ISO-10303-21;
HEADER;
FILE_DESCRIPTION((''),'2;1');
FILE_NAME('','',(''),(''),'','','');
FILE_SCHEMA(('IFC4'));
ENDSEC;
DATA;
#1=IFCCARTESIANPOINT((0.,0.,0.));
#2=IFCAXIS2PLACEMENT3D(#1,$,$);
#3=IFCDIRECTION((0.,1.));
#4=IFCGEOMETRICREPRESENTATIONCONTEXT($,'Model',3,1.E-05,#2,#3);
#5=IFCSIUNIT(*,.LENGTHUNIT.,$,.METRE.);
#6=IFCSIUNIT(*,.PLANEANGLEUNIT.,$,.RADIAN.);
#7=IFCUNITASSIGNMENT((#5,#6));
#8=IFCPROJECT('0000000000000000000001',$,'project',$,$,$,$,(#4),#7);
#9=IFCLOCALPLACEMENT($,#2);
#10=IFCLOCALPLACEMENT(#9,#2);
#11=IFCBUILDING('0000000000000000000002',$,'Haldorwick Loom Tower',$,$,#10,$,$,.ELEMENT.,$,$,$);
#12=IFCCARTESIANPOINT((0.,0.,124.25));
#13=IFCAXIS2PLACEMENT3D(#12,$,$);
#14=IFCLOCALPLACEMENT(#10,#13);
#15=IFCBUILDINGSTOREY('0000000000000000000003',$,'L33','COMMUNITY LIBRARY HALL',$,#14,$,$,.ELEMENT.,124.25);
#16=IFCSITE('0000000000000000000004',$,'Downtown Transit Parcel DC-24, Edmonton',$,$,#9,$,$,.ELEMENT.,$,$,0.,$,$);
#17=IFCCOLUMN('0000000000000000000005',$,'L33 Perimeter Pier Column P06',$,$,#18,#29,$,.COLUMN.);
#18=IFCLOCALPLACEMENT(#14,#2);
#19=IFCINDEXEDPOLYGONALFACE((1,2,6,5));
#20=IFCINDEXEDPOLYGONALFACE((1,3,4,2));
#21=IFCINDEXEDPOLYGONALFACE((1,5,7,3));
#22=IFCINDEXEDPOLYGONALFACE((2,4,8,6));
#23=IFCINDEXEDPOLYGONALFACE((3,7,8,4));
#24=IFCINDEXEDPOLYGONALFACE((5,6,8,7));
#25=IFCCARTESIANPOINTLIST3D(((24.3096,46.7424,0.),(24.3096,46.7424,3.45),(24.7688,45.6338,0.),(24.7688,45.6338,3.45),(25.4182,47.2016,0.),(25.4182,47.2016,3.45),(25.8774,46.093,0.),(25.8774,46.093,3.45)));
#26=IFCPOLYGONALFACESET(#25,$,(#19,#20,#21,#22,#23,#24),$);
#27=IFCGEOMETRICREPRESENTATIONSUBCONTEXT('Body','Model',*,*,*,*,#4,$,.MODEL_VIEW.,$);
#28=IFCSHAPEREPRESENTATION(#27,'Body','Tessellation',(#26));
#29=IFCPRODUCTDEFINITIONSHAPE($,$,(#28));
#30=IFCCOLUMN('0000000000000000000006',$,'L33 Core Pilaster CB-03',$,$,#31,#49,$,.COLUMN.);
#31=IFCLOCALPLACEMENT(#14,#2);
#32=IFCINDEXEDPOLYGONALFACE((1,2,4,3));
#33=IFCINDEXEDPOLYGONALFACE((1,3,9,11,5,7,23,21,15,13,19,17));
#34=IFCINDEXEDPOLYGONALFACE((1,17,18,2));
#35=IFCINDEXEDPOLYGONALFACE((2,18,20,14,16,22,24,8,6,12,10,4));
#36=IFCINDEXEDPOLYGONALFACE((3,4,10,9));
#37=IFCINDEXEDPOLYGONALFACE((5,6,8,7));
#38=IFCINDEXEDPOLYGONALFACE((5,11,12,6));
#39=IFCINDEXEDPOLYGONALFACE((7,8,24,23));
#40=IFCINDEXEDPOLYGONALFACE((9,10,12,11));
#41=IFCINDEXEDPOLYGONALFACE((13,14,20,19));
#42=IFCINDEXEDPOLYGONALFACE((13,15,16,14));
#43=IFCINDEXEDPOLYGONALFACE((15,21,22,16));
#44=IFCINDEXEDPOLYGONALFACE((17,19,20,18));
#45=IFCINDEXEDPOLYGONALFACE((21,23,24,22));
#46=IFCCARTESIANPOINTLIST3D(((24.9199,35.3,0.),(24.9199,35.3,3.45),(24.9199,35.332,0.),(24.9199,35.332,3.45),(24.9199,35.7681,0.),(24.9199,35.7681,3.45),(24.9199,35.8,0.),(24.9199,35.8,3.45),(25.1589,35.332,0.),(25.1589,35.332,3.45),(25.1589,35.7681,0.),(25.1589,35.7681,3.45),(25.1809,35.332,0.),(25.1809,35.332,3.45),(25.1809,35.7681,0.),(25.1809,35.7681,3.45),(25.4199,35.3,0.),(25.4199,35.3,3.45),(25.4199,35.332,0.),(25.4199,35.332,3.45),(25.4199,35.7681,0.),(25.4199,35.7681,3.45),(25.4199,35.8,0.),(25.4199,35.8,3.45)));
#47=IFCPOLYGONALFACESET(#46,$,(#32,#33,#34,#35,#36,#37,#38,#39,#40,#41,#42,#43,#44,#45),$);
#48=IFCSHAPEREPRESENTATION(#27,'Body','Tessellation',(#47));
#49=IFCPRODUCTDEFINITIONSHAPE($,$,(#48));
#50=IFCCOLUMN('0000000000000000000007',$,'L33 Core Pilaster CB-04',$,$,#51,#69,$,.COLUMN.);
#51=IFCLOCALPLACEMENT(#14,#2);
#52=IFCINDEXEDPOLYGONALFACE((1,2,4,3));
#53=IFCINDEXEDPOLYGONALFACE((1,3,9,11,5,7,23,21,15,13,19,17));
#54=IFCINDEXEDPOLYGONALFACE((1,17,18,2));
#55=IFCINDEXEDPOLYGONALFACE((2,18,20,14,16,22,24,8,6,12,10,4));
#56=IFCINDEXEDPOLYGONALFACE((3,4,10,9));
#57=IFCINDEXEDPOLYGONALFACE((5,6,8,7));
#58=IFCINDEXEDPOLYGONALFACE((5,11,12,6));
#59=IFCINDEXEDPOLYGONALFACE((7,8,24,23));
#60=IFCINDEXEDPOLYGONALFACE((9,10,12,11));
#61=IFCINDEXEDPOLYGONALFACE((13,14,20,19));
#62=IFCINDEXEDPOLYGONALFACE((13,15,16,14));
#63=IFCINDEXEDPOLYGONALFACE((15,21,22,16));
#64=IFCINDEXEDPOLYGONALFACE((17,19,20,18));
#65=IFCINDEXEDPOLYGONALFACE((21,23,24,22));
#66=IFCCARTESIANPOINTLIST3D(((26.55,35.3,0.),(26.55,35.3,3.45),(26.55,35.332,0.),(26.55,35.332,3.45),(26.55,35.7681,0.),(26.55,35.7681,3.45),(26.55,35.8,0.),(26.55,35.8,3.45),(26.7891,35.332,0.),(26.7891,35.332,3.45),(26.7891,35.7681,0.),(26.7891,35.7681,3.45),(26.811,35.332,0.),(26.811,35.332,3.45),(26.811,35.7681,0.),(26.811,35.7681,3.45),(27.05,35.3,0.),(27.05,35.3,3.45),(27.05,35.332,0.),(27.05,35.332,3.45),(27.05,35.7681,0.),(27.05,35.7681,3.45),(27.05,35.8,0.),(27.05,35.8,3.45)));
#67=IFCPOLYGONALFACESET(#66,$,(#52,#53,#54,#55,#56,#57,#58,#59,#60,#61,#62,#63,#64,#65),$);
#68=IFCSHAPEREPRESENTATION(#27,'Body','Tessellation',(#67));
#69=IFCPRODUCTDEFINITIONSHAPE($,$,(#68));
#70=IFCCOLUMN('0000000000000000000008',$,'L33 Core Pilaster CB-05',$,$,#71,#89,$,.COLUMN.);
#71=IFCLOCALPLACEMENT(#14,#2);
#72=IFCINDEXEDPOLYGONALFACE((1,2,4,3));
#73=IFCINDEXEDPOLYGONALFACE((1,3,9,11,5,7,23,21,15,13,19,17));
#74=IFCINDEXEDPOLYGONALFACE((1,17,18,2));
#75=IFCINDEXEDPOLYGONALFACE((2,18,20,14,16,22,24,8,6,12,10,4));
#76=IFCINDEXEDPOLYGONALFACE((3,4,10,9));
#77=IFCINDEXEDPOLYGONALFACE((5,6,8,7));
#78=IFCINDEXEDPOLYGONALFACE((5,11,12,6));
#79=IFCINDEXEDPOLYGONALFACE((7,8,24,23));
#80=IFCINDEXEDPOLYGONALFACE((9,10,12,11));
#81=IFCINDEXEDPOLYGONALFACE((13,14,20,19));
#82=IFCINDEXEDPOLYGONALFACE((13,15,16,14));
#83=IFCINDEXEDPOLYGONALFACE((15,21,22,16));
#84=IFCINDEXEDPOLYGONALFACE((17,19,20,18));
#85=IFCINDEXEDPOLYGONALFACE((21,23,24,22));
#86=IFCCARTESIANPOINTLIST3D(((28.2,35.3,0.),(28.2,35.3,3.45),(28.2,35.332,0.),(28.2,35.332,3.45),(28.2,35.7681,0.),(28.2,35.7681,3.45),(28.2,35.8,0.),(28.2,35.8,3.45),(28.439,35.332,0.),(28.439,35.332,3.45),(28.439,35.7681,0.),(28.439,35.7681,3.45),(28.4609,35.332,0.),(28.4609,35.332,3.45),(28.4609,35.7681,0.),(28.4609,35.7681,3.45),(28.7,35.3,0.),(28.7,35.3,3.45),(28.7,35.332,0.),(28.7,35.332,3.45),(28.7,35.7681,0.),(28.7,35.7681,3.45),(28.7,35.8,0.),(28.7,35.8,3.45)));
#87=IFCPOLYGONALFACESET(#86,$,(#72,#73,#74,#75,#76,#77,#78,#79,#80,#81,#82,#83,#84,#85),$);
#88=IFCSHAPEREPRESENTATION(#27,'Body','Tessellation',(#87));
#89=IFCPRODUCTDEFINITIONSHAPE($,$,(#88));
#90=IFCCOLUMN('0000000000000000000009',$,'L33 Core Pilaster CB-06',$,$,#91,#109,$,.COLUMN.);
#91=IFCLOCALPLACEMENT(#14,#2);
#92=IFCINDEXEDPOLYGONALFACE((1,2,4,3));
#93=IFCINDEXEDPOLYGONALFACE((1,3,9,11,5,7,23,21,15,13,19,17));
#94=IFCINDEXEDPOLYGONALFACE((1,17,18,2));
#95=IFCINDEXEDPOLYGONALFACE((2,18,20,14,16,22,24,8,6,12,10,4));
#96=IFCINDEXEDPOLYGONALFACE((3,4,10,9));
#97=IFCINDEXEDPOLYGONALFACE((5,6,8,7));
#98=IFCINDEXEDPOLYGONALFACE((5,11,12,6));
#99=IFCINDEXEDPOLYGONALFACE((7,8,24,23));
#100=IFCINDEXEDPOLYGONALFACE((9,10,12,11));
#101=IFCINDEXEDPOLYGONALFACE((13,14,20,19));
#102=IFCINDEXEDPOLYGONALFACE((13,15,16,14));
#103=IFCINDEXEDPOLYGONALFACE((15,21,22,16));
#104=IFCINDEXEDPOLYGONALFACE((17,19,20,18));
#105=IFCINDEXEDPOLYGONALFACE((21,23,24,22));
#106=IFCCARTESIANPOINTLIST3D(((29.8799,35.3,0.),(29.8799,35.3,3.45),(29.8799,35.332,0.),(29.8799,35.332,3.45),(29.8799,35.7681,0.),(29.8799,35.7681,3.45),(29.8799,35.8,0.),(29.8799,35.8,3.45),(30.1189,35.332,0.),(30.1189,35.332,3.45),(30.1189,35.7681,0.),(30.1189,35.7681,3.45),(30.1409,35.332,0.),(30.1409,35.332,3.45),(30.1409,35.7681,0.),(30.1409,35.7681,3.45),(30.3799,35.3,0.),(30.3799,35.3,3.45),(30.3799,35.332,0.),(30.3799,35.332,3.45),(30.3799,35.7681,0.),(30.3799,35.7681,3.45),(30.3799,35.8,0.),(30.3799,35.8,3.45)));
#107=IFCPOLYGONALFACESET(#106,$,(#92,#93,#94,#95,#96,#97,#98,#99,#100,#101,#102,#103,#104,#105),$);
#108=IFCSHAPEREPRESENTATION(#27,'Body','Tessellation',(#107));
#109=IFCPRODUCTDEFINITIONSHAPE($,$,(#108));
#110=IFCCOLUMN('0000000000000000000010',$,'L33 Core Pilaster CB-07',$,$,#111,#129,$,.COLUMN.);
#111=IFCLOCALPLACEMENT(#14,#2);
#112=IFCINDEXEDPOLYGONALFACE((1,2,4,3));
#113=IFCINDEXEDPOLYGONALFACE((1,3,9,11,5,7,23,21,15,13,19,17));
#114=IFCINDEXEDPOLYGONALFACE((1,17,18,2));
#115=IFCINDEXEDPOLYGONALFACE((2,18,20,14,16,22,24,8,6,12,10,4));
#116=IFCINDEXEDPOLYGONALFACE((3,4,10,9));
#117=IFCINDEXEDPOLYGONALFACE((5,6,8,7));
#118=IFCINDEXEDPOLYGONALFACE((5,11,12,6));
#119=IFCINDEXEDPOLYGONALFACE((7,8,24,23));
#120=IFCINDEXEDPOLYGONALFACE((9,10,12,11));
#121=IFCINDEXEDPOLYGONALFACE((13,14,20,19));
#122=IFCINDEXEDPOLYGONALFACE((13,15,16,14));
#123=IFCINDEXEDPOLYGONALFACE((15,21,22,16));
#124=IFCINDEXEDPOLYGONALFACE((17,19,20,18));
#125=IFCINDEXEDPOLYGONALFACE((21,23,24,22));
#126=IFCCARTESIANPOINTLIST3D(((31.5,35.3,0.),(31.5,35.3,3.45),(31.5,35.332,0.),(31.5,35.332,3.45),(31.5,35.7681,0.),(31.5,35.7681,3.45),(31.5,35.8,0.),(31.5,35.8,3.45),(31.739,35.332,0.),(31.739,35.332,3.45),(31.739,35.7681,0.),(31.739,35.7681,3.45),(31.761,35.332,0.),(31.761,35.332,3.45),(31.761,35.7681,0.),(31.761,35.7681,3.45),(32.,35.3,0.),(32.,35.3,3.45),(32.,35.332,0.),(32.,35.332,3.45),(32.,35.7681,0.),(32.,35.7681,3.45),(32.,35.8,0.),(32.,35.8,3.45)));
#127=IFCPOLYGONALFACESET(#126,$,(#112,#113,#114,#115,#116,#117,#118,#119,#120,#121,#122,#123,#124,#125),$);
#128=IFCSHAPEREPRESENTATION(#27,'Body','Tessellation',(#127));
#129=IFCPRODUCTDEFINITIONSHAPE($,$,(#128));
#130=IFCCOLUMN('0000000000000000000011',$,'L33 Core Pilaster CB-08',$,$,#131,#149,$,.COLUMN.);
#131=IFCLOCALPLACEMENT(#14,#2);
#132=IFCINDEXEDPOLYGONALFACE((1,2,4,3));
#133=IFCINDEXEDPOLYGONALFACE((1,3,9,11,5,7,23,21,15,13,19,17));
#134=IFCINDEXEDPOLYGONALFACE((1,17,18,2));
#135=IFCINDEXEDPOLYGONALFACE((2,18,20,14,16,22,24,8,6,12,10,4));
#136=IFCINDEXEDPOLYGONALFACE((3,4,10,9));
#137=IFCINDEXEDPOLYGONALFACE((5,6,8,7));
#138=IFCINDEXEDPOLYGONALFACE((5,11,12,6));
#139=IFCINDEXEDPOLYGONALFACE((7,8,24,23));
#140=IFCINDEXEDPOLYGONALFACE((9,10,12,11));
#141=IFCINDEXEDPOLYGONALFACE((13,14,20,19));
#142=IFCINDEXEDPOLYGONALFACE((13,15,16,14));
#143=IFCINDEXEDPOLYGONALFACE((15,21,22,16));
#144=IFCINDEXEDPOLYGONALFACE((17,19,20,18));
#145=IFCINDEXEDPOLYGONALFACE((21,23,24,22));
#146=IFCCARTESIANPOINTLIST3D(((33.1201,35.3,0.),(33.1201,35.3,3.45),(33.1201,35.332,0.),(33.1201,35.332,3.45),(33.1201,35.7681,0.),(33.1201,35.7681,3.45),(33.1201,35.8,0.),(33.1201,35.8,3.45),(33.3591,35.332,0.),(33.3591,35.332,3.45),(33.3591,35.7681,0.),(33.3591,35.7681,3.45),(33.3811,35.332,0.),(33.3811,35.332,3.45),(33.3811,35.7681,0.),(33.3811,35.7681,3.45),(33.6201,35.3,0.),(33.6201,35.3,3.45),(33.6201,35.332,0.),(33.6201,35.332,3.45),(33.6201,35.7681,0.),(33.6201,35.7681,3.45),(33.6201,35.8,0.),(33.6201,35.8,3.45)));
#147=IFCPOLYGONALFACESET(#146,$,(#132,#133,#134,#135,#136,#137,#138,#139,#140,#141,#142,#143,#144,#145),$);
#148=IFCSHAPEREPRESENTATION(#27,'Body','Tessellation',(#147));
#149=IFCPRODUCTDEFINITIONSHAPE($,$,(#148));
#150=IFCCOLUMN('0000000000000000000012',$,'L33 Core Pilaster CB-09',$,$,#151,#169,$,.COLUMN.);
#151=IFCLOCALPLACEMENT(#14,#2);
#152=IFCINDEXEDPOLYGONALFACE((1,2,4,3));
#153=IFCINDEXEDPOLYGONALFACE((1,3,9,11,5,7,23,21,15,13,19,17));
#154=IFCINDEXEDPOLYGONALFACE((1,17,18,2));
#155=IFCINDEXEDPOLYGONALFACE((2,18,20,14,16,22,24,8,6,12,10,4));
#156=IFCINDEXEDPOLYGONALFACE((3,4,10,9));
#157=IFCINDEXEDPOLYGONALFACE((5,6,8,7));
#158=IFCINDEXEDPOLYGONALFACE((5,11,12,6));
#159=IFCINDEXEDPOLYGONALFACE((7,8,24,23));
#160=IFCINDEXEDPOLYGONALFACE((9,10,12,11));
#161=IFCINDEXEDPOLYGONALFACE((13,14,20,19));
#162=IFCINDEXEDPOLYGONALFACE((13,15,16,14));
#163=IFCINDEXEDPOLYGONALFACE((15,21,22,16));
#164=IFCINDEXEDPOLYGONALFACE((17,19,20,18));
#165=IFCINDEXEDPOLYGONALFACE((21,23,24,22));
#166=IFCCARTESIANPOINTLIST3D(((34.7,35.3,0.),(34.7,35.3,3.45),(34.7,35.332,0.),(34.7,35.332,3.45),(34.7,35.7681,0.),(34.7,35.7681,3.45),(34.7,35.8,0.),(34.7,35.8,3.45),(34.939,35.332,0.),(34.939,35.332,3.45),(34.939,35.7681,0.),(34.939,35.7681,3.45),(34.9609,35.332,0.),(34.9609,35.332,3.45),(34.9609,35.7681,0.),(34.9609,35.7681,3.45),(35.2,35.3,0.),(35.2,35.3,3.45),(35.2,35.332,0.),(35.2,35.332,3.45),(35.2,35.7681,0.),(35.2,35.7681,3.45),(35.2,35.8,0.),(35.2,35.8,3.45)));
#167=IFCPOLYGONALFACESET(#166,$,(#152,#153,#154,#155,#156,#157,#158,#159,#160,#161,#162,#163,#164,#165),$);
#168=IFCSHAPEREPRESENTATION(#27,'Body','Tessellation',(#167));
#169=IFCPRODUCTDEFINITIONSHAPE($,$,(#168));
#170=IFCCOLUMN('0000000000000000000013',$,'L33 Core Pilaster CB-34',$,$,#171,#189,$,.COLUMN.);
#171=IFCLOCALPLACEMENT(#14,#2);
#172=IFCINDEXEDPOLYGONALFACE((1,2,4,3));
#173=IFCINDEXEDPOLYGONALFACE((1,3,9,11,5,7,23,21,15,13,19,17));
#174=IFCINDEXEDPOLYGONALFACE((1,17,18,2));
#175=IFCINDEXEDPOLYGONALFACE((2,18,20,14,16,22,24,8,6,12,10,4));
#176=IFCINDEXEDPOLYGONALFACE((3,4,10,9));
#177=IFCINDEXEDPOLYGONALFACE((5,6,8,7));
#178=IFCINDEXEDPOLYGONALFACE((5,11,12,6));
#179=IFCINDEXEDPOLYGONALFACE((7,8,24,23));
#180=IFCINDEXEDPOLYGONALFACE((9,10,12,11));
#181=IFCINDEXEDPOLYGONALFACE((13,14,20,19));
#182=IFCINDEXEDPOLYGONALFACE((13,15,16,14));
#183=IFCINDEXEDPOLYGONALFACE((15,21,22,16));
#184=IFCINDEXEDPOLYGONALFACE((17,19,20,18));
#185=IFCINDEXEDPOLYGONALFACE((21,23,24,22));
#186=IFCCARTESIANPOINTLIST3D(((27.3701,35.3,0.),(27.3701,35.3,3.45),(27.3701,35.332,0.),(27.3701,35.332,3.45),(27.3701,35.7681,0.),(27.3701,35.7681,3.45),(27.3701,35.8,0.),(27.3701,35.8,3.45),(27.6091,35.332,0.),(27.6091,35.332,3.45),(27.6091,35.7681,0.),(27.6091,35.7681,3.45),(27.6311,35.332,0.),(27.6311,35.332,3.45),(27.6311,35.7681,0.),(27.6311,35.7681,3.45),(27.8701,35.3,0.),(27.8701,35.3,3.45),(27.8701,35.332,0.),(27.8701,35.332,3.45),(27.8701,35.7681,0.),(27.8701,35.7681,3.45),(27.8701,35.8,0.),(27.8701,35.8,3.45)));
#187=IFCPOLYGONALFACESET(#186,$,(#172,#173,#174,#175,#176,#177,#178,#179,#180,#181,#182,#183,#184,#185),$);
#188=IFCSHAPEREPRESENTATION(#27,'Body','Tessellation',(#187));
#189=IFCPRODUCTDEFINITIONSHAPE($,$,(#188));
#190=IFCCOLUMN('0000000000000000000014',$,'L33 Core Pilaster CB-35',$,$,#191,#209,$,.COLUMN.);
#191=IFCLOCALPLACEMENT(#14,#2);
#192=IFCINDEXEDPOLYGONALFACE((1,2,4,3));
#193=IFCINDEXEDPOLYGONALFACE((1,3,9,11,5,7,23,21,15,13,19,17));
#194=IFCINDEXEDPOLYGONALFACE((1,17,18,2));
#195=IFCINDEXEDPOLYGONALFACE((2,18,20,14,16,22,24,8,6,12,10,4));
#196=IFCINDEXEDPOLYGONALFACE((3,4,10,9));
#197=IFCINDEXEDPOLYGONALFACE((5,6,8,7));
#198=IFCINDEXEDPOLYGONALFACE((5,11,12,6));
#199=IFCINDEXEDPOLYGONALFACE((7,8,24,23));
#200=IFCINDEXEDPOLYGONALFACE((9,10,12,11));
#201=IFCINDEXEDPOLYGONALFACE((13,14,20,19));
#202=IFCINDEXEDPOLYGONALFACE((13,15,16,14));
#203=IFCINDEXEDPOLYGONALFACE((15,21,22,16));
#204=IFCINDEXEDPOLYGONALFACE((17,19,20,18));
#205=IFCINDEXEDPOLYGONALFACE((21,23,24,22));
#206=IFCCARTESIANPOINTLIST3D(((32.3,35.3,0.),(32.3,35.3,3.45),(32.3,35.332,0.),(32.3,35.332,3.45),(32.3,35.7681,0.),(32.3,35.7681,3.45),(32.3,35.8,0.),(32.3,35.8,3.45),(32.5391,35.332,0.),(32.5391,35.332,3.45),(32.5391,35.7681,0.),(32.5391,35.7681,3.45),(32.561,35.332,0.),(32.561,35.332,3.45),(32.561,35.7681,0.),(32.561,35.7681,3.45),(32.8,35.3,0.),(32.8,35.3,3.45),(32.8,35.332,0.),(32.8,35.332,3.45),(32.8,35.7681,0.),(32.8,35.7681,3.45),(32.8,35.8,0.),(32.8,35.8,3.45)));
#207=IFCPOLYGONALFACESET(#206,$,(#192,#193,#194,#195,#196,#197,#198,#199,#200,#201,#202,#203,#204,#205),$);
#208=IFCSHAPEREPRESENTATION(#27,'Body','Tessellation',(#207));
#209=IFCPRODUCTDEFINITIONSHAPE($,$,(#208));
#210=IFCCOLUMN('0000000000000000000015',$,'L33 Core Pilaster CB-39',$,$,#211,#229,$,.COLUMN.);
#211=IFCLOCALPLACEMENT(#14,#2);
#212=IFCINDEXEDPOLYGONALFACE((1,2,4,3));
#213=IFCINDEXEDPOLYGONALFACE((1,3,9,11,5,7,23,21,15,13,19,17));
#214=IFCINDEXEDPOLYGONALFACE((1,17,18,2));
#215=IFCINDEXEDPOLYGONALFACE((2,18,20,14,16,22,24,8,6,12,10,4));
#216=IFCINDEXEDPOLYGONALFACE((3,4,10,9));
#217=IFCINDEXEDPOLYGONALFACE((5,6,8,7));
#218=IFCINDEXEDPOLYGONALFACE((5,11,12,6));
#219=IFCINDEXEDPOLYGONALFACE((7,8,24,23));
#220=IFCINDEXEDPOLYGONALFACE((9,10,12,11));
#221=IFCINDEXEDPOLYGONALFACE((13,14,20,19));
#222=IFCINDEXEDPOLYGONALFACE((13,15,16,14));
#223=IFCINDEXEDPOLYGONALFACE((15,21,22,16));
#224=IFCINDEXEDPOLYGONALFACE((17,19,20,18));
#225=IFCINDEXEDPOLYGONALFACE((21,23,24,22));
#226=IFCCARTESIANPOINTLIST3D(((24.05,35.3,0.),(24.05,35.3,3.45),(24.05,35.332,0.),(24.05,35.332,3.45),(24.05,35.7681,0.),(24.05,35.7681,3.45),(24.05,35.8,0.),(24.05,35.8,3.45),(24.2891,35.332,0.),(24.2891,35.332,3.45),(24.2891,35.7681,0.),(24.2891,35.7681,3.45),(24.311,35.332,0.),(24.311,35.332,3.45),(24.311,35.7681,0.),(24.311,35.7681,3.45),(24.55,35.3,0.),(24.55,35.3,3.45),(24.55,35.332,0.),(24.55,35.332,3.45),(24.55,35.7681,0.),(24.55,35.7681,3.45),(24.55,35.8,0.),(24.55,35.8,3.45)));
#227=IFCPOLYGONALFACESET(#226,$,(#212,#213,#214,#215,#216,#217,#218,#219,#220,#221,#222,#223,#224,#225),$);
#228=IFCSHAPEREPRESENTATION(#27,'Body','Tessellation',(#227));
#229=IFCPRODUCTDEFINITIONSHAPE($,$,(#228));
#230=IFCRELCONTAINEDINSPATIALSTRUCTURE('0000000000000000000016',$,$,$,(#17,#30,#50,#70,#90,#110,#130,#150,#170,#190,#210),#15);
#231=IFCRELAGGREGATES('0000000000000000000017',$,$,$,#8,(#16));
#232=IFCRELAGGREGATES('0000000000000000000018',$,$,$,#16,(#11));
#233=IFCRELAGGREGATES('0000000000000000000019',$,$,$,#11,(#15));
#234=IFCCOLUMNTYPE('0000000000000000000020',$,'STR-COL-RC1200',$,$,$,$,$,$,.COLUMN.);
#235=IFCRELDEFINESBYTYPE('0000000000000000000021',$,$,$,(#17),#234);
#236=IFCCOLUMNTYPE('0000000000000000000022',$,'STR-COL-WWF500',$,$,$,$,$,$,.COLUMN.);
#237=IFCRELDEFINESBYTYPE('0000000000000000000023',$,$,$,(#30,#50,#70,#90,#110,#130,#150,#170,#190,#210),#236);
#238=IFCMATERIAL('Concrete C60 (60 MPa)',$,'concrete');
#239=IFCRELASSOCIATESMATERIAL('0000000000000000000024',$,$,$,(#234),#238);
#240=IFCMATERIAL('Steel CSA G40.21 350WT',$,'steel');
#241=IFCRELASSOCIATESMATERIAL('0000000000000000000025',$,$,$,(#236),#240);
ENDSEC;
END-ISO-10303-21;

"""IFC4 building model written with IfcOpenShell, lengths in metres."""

from ifc_helpers import new_model, si_unit, direction, frame, origin, origin_2d, place, context, subcontext, project, spatial, rectangle, i_section, extrude, material, material_profile, profile_set, type_object, element, save


model = new_model("IFC4")

# Units and contexts
model_context = context("Model", 3, precision=1e-05, world=origin(), true_north=direction((0.0, 1.0)))
body_context = subcontext(model_context, "Body", "Model", "MODEL_VIEW")
ifc_project = project(units=[si_unit("LENGTHUNIT", "METRE"), si_unit("PLANEANGLEUNIT", "RADIAN")], contexts=[model_context])

# Site, building, storey
site_placement = place(None, origin())
site = spatial("IfcSite", under=ifc_project, at=site_placement, Name="Downtown Transit Parcel DC-24, Edmonton", CompositionType="ELEMENT", RefElevation=0.0)
building_placement = place(site_placement, origin())
building = spatial("IfcBuilding", under=site, at=building_placement, Name="Haldorwick Loom Tower", CompositionType="ELEMENT")
storey_placement = place(building_placement, frame((0.0, 0.0, 124.25)))
storey = spatial("IfcBuildingStorey", under=building, at=storey_placement, Name="L33", Description="COMMUNITY LIBRARY HALL", CompositionType="ELEMENT", Elevation=124.25)

# Columns
ifc_material_1 = material(Name="Concrete C60 (60 MPa)", Category="concrete")
ifc_material_profile_1 = material_profile(ifc_material_1, rectangle(XDim=1.2, YDim=1.2, at=origin_2d()), Name="RC1200X1200", Category="concrete")
ifc_profile_set_1 = profile_set([ifc_material_profile_1], Name="Concrete C60 (60 MPa)")
column_type_1 = type_object("IfcColumnType", Name="STR-COL-RC1200", PredefinedType="COLUMN", material=ifc_profile_set_1)
column_placement = place(storey_placement, frame((25.0935, 46.4177, 0.0), z_axis=(0.0, 0.0, 1.0), x_axis=(-0.382683, 0.92388, 0.0)))
element("IfcColumn", 1, at=column_placement, inside=storey, type_object=column_type_1, Name="L33 Perimeter Pier Column P06", PredefinedType="COLUMN", context=body_context, shape_type="SweptSolid", body=[
    extrude(rectangle(XDim=1.2, YDim=1.2, at=origin_2d()), origin(), (0.0, 0.0, 1.0), 3.45),
])
ifc_material_2 = material(Name="Steel CSA G40.21 350WT", Category="steel")
ifc_material_profile_2 = material_profile(ifc_material_2, i_section(OverallWidth=0.5, OverallDepth=0.5, WebThickness=0.022, FlangeThickness=0.032, at=origin_2d()), Name="WWF500X500", Category="steel")
ifc_profile_set_2 = profile_set([ifc_material_profile_2], Name="Steel CSA G40.21 350WT")
column_type_2 = type_object("IfcColumnType", Name="STR-COL-WWF500", PredefinedType="COLUMN", material=ifc_profile_set_2)
for number, where, z_axis, x_axis, name in (
    (2, (25.1699, 35.55, 0.0), (0.0, 0.0, 1.0), (1.0, 0.0, 0.0), "L33 Core Pilaster CB-03"),
    (3, (26.8, 35.55, 0.0), (0.0, 0.0, 1.0), (1.0, 0.0, 0.0), "L33 Core Pilaster CB-04"),
    (4, (28.45, 35.55, 0.0), (0.0, 0.0, 1.0), (1.0, 0.0, 0.0), "L33 Core Pilaster CB-05"),
    (5, (30.1299, 35.55, 0.0), (0.0, 0.0, 1.0), (1.0, 0.0, 0.0), "L33 Core Pilaster CB-06"),
    (6, (31.75, 35.55, 0.0), (0.0, 0.0, 1.0), (1.0, 0.0, 0.0), "L33 Core Pilaster CB-07"),
    (7, (33.3701, 35.55, 0.0), (0.0, 0.0, 1.0), (1.0, 0.0, 0.0), "L33 Core Pilaster CB-08"),
    (8, (34.95, 35.55, 0.0), (0.0, 0.0, 1.0), (1.0, 0.0, 0.0), "L33 Core Pilaster CB-09"),
    (9, (27.6201, 35.55, 0.0), (0.0, 0.0, 1.0), (1.0, 0.0, 0.0), "L33 Core Pilaster CB-34"),
    (10, (32.55, 35.55, 0.0), (0.0, 0.0, 1.0), (1.0, 0.0, 0.0), "L33 Core Pilaster CB-35"),
    (11, (24.3, 35.55, 0.0), (0.0, 0.0, 1.0), (1.0, 0.0, 0.0), "L33 Core Pilaster CB-39"),
):
    element("IfcColumn", number, at=place(storey_placement, frame(where, z_axis=z_axis, x_axis=x_axis)), inside=storey, type_object=column_type_2, Name=name, PredefinedType="COLUMN", context=body_context, shape_type="SweptSolid", body=[
        extrude(i_section(OverallWidth=0.5, OverallDepth=0.5, WebThickness=0.022, FlangeThickness=0.032, at=origin_2d()), origin(), (0.0, 0.0, 1.0), 3.45),
    ])

save(model, "model.ifc")
